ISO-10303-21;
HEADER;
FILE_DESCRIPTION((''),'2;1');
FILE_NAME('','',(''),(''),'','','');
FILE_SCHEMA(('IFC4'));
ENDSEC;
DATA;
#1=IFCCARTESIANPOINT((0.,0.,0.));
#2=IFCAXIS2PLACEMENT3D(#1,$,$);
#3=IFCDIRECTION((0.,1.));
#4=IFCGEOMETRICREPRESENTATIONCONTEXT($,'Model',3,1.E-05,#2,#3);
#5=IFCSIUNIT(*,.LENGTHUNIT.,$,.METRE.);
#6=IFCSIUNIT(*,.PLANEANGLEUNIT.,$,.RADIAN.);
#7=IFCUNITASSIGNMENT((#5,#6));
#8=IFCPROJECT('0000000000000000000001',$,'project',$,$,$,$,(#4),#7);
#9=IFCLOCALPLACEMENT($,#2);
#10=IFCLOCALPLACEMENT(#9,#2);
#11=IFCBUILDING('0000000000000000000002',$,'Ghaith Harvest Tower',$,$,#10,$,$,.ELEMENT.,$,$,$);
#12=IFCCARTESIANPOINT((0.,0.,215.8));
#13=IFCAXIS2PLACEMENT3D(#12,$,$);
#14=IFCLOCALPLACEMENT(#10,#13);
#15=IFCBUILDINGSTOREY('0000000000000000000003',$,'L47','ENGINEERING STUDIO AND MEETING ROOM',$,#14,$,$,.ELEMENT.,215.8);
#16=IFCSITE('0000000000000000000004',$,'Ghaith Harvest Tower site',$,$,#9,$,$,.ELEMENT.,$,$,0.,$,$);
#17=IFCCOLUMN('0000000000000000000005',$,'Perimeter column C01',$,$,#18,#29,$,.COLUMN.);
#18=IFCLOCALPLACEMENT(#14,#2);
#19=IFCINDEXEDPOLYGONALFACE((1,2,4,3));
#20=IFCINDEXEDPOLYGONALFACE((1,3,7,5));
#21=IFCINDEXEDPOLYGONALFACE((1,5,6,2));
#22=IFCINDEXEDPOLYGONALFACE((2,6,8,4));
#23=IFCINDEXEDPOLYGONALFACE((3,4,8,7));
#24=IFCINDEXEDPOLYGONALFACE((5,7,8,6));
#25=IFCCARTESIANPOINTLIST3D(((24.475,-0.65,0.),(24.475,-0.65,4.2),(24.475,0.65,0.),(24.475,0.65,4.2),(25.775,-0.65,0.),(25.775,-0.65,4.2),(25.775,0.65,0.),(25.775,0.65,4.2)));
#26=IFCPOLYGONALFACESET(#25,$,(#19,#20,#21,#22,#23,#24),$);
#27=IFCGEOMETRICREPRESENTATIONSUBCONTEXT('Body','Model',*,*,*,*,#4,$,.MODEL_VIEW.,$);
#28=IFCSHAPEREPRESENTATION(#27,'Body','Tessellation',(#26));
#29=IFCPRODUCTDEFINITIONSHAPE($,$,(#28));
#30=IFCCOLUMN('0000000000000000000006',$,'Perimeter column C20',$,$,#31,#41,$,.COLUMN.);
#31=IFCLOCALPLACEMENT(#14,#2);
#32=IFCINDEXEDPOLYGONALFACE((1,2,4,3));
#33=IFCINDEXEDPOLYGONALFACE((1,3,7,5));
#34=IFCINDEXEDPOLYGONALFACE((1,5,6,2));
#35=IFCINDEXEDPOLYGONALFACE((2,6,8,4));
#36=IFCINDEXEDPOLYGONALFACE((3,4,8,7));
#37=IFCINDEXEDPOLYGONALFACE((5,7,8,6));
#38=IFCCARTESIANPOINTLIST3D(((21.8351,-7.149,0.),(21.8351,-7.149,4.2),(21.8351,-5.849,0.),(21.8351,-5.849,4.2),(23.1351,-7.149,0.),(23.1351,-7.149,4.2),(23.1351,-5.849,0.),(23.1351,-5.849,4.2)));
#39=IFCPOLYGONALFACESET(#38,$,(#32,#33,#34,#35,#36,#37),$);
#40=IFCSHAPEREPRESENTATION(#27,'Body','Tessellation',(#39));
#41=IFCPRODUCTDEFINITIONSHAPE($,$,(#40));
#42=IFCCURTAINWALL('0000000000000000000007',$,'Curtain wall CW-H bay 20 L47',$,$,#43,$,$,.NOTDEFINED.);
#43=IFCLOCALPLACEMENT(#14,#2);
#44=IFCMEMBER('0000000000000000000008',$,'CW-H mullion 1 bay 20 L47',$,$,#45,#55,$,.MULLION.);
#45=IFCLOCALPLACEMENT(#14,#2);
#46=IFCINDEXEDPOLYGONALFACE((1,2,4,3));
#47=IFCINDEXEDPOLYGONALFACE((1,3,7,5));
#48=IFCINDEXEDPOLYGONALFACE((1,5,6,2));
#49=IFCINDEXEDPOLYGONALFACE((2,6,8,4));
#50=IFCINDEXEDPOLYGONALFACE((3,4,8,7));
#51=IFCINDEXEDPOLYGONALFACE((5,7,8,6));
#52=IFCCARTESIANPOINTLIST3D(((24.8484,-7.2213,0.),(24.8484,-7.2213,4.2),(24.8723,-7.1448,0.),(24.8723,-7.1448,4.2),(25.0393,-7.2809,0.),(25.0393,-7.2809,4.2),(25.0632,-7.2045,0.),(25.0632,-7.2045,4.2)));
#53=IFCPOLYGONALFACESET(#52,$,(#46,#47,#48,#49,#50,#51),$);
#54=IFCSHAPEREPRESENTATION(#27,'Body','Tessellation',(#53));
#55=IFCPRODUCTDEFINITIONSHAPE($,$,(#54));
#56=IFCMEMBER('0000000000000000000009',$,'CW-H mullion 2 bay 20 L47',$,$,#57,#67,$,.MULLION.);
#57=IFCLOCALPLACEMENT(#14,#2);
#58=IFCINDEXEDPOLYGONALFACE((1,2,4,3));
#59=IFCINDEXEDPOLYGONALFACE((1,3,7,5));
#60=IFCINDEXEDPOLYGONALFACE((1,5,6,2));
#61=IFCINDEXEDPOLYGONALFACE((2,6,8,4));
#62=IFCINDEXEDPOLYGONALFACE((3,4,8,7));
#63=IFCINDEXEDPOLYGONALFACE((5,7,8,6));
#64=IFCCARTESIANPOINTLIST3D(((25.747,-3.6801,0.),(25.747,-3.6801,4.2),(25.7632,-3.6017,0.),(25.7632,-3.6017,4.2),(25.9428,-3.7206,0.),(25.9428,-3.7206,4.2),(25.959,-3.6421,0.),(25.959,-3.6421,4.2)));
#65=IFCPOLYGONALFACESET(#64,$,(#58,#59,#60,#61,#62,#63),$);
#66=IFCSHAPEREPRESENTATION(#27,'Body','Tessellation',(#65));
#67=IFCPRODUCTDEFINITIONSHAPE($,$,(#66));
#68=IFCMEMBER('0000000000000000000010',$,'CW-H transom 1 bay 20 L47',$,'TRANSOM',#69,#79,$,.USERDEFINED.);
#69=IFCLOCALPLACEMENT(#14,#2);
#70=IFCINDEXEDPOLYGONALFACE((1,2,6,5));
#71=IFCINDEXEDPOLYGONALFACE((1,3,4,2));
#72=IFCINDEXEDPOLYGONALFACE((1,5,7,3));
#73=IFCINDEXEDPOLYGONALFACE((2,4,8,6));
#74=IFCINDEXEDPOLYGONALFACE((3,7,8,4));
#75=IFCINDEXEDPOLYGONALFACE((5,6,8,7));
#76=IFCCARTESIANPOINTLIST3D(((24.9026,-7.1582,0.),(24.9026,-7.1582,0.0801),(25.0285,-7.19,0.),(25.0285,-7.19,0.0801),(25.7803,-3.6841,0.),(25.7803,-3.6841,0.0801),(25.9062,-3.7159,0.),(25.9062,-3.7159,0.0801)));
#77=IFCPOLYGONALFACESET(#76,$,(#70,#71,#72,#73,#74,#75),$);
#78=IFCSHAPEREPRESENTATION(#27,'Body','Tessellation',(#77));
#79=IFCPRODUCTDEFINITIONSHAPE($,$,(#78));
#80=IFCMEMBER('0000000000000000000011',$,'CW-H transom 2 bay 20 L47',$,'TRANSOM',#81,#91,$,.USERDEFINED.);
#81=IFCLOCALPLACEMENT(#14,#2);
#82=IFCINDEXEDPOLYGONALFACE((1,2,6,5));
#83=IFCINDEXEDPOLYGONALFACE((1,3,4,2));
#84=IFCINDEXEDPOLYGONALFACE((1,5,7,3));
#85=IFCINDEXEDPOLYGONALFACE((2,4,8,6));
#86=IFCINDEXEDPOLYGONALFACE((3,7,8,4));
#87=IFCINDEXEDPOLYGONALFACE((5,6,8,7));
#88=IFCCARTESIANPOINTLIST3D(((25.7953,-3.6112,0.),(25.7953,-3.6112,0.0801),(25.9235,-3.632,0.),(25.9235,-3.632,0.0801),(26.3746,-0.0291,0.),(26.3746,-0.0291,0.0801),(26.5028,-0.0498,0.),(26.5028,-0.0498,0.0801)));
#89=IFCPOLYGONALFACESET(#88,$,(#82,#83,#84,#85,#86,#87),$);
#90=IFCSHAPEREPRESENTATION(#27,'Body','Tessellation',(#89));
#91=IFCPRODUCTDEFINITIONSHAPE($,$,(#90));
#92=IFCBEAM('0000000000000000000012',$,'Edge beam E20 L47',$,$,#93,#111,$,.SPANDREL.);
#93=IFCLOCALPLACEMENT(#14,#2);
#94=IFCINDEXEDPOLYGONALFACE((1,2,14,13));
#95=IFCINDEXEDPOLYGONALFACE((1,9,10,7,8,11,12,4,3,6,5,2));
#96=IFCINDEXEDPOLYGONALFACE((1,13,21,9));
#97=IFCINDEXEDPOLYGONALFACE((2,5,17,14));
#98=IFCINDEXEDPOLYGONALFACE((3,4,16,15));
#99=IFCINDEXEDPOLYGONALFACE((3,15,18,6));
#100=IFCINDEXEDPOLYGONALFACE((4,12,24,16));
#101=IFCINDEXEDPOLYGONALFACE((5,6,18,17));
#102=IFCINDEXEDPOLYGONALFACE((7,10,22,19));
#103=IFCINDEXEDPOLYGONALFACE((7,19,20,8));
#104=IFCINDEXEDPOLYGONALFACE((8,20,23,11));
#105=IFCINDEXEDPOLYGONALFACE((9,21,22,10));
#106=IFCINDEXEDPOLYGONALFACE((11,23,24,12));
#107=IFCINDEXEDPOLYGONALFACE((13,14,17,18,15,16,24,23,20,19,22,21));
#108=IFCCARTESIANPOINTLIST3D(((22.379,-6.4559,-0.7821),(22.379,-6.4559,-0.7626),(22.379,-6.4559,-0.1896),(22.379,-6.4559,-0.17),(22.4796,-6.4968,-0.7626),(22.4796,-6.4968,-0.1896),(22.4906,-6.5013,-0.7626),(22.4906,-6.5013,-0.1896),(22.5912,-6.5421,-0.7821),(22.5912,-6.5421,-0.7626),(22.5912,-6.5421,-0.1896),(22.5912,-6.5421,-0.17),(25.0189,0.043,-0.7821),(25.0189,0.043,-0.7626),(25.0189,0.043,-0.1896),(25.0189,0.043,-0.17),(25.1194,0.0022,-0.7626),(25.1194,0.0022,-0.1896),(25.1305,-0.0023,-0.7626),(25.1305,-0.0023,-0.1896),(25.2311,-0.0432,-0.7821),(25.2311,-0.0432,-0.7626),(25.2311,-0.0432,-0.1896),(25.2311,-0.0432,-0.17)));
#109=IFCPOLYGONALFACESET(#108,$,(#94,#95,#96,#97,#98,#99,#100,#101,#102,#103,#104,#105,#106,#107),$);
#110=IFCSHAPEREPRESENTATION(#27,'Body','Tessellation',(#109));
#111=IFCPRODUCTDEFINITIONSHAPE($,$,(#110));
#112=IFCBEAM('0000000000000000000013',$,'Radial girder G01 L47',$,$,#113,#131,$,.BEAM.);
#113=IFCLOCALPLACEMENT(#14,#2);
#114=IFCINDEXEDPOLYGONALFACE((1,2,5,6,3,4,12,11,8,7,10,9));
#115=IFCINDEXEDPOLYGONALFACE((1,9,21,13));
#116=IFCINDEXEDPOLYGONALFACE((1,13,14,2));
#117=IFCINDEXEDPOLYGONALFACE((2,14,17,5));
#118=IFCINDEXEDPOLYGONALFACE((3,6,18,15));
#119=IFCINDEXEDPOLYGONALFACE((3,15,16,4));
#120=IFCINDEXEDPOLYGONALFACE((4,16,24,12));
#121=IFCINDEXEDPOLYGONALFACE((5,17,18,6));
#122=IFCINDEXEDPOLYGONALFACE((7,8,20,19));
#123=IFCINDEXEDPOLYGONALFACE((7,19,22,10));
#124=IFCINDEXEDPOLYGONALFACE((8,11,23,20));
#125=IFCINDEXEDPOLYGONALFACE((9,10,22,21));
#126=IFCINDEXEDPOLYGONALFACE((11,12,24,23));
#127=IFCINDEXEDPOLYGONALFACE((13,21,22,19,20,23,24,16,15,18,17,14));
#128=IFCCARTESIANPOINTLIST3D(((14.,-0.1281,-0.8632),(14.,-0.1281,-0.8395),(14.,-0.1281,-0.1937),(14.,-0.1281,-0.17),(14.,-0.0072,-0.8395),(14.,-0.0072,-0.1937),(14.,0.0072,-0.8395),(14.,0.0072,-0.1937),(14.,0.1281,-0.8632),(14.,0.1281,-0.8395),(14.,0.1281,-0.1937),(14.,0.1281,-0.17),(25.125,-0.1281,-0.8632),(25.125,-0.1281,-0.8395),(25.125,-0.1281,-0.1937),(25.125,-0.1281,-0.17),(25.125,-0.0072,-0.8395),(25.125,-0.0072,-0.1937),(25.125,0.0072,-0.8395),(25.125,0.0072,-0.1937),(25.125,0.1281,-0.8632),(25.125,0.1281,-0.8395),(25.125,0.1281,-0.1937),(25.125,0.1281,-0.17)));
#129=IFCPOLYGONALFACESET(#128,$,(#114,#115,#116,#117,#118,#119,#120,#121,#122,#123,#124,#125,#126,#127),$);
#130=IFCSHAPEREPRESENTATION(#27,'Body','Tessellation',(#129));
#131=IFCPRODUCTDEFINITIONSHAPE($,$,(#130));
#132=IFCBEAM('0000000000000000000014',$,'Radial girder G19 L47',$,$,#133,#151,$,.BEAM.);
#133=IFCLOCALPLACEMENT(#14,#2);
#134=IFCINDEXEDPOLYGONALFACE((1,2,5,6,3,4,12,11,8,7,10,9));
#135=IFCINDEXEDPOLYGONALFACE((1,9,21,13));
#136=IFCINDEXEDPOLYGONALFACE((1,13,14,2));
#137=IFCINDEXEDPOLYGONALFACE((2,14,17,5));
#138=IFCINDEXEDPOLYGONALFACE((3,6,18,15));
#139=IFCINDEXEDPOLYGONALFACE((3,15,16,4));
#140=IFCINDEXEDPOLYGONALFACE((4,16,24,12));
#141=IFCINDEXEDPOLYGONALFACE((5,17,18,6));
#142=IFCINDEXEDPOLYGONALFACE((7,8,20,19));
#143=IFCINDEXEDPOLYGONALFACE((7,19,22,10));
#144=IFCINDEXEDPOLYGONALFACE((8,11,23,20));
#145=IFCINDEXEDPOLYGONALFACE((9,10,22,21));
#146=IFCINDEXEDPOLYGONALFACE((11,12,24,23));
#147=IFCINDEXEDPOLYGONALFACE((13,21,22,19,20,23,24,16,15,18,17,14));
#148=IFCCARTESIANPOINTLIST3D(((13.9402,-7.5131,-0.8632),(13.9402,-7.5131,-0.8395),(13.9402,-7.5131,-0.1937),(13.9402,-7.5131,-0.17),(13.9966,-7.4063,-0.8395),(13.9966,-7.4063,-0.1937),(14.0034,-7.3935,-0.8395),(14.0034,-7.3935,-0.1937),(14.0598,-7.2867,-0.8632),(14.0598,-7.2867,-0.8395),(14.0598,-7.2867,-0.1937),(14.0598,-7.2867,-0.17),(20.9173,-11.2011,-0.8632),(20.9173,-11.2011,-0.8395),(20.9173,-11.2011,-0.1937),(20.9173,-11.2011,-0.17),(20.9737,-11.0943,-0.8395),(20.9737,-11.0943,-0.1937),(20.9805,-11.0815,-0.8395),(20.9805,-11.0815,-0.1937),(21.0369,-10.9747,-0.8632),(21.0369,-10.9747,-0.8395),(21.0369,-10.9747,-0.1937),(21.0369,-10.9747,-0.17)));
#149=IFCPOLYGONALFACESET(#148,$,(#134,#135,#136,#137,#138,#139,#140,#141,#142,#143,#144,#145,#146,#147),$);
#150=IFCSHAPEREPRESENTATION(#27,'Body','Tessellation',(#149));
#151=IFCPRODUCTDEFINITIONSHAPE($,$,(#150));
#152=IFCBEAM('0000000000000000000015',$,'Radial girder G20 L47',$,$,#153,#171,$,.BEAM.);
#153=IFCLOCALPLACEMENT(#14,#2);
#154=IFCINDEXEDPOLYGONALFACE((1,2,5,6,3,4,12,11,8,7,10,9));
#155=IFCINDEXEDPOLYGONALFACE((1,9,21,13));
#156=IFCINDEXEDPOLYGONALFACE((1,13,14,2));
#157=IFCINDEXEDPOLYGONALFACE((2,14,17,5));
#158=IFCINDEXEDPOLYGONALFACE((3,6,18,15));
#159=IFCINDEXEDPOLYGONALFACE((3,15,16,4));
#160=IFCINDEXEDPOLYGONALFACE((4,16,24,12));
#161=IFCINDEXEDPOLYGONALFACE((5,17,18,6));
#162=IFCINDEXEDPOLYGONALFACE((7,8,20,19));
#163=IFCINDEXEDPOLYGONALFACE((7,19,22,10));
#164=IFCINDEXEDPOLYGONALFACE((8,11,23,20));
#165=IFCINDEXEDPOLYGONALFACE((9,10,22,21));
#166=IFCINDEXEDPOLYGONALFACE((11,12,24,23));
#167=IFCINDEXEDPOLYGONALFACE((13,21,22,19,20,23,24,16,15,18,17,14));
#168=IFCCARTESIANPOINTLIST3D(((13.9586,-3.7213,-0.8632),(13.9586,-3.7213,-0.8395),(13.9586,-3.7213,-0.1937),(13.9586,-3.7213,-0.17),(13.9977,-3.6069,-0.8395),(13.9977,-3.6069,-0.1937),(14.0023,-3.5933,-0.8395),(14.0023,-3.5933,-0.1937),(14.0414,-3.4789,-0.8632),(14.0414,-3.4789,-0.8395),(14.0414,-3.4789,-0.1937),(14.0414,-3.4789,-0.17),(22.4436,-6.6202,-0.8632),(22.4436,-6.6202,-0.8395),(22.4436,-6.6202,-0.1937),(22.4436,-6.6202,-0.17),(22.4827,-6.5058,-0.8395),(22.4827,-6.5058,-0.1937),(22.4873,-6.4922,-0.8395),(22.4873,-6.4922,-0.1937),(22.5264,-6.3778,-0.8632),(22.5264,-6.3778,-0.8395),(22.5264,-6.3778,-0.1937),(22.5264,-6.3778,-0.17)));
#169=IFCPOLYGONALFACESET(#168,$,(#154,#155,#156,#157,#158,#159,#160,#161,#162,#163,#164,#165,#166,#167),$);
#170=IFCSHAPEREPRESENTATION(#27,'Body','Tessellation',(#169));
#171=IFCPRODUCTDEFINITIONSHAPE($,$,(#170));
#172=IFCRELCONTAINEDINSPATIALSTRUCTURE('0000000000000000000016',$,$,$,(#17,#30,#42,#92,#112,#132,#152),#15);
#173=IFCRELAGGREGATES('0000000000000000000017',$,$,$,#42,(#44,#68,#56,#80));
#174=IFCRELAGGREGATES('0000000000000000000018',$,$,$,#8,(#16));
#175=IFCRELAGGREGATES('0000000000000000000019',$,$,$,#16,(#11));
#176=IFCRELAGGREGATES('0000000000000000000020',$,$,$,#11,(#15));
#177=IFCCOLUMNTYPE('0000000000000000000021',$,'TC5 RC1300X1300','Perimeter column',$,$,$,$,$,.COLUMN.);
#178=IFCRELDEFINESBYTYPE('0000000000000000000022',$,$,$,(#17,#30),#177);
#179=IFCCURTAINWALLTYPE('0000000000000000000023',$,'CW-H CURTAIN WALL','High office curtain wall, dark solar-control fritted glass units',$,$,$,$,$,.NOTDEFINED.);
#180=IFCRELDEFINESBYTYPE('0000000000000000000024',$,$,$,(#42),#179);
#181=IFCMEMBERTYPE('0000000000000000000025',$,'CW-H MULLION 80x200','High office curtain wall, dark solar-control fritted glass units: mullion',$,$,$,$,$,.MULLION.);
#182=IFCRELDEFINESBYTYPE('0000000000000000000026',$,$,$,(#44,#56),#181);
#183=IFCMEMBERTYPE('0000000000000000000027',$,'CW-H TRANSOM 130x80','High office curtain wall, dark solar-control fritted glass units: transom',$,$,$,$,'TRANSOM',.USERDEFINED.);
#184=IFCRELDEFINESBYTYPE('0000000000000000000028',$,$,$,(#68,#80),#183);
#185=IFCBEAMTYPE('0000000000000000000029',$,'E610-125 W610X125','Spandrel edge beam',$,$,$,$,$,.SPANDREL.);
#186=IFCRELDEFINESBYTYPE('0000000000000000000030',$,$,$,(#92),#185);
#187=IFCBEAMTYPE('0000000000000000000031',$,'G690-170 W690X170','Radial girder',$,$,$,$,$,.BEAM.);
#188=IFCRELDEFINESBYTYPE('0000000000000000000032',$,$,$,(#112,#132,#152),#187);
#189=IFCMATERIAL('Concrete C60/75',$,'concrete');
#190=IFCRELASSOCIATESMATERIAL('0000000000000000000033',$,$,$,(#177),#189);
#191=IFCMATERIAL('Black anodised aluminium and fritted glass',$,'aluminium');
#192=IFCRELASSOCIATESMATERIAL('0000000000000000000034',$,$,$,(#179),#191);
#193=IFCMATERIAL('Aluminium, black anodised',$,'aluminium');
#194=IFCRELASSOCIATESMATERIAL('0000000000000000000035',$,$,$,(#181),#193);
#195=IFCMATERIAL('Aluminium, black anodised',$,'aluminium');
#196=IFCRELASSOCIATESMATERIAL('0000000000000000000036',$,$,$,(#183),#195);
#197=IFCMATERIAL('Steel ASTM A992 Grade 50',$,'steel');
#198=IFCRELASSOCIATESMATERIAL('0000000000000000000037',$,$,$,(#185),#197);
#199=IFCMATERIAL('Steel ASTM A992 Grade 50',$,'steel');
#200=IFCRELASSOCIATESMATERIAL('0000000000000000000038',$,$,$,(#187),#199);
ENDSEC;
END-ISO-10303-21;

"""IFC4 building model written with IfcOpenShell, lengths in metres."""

from ifc_helpers import new_model, si_unit, direction, frame, origin, origin_2d, place, context, subcontext, project, spatial, rectangle, i_section, extrude, material, material_profile, profile_set, type_object, element, aggregate, save


model = new_model("IFC4")

# Units and contexts
model_context = context("Model", 3, precision=1e-05, world=origin(), true_north=direction((0.0, 1.0)))
body_context = subcontext(model_context, "Body", "Model", "MODEL_VIEW")
ifc_project = project(units=[si_unit("LENGTHUNIT", "METRE"), si_unit("PLANEANGLEUNIT", "RADIAN")], contexts=[model_context])

# Site, building, storey
site_placement = place(None, origin())
site = spatial("IfcSite", under=ifc_project, at=site_placement, Name="Ghaith Harvest Tower site", CompositionType="ELEMENT", RefElevation=0.0)
building_placement = place(site_placement, origin())
building = spatial("IfcBuilding", under=site, at=building_placement, Name="Ghaith Harvest Tower", CompositionType="ELEMENT")
storey_placement = place(building_placement, frame((0.0, 0.0, 215.8)))
storey = spatial("IfcBuildingStorey", under=building, at=storey_placement, Name="L47", Description="ENGINEERING STUDIO AND MEETING ROOM", CompositionType="ELEMENT", Elevation=215.8)

# Columns
ifc_material_1 = material(Name="Concrete C60/75", Category="concrete")
ifc_material_profile_1 = material_profile(ifc_material_1, rectangle(XDim=1.3, YDim=1.3, at=origin_2d()), Name="RC1300X1300")
ifc_profile_set_1 = profile_set([ifc_material_profile_1], Name="Concrete C60/75")
column_type = type_object("IfcColumnType", Name="TC5 RC1300X1300", Description="Perimeter column", PredefinedType="COLUMN", material=ifc_profile_set_1)
for number, where, z_axis, x_axis, name in (
    (1, (25.125, 0.0, 0.0), (0.0, 0.0, 1.0), (1.0, 0.0, 0.0), "Perimeter column C01"),
    (2, (22.4851, -6.499, 0.0), (0.0, 0.0, 1.0), (1.0, 0.0, 0.0), "Perimeter column C20"),
):
    element("IfcColumn", number, at=place(storey_placement, frame(where, z_axis=z_axis, x_axis=x_axis)), inside=storey, type_object=column_type, Name=name, PredefinedType="COLUMN", context=body_context, shape_type="SweptSolid", body=[
        extrude(rectangle(XDim=1.3, YDim=1.3, at=origin_2d()), origin(), (0.0, 0.0, 1.0), 4.2),
    ])

# Curtain wall, members
ifc_material_2 = material(Name="Black anodised aluminium and fritted glass", Category="aluminium")
curtain_wall_type = type_object("IfcCurtainWallType", Name="CW-H CURTAIN WALL", Description="High office curtain wall, dark solar-control fritted glass units", PredefinedType="NOTDEFINED", material=ifc_material_2)
curtain_wall_1_placement = place(storey_placement, origin())
curtain_wall_1 = element("IfcCurtainWall", 3, at=curtain_wall_1_placement, inside=storey, type_object=curtain_wall_type, Name="Curtain wall CW-H bay 20 L47", PredefinedType="NOTDEFINED")
ifc_material_3 = material(Name="Aluminium, black anodised", Category="aluminium")
ifc_material_profile_2 = material_profile(ifc_material_3, rectangle(XDim=0.0801, YDim=0.2, at=origin_2d()), Name="CW-H MULLION 80x200")
ifc_profile_set_2 = profile_set([ifc_material_profile_2], Name="Aluminium, black anodised")
member_type_1 = type_object("IfcMemberType", Name="CW-H MULLION 80x200", Description="High office curtain wall, dark solar-control fritted glass units: mullion", PredefinedType="MULLION", material=ifc_profile_set_2)
member_1_placement = place(storey_placement, frame((24.9558, -7.2129, 0.0), z_axis=(0.0, 0.0, 1.0), x_axis=(0.298442, 0.954428, 0.0)))
member_1 = element("IfcMember", 4, at=member_1_placement, type_object=member_type_1, Name="CW-H mullion 1 bay 20 L47", PredefinedType="MULLION", context=body_context, shape_type="SweptSolid", body=[
    extrude(rectangle(XDim=0.0801, YDim=0.2, at=origin_2d()), origin(), (0.0, 0.0, 1.0), 4.2),
])
member_2_placement = place(storey_placement, frame((25.853, -3.6611, 0.0), z_axis=(0.0, 0.0, 1.0), x_axis=(0.202192, 0.979346, 0.0)))
member_2 = element("IfcMember", 5, at=member_2_placement, type_object=member_type_1, Name="CW-H mullion 2 bay 20 L47", PredefinedType="MULLION", context=body_context, shape_type="SweptSolid", body=[
    extrude(rectangle(XDim=0.0801, YDim=0.2, at=origin_2d()), origin(), (0.0, 0.0, 1.0), 4.2),
])
ifc_material_4 = material(Name="Aluminium, black anodised", Category="aluminium")
ifc_material_profile_3 = material_profile(ifc_material_4, rectangle(XDim=0.1299, YDim=0.0801, at=origin_2d()), Name="CW-H TRANSOM 130x80")
ifc_profile_set_3 = profile_set([ifc_material_profile_3], Name="Aluminium, black anodised")
member_type_2 = type_object("IfcMemberType", Name="CW-H TRANSOM 130x80", Description="High office curtain wall, dark solar-control fritted glass units: transom", ElementType="TRANSOM", PredefinedType="USERDEFINED", material=ifc_profile_set_3)
member_3_placement = place(storey_placement, frame((24.9656, -7.1741, 0.04), z_axis=(0.24494, 0.969538, 0.0), x_axis=(-0.969538, 0.24494, 0.0)))
member_3 = element("IfcMember", 6, at=member_3_placement, type_object=member_type_2, Name="CW-H transom 1 bay 20 L47", ObjectType="TRANSOM", PredefinedType="USERDEFINED", context=body_context, shape_type="SweptSolid", body=[
    extrude(rectangle(XDim=0.1299, YDim=0.0801, at=origin_2d()), origin(), (0.0, 0.0, 1.0), 3.5833),
])
member_4_placement = place(storey_placement, frame((25.8594, -3.6216, 0.04), z_axis=(0.159662, 0.987172, 0.0), x_axis=(-0.987172, 0.159662, 0.0)))
member_4 = element("IfcMember", 7, at=member_4_placement, type_object=member_type_2, Name="CW-H transom 2 bay 20 L47", ObjectType="TRANSOM", PredefinedType="USERDEFINED", context=body_context, shape_type="SweptSolid", body=[
    extrude(rectangle(XDim=0.1299, YDim=0.0801, at=origin_2d()), origin(), (0.0, 0.0, 1.0), 3.6287),
])

# Beams
ifc_material_5 = material(Name="Steel ASTM A992 Grade 50", Category="steel")
ifc_material_profile_4 = material_profile(ifc_material_5, i_section(OverallWidth=0.229, OverallDepth=0.6121, WebThickness=0.012, FlangeThickness=0.0195, at=origin_2d()), Name="W610X125")
ifc_profile_set_4 = profile_set([ifc_material_profile_4], Name="Steel ASTM A992 Grade 50")
beam_type_1 = type_object("IfcBeamType", Name="E610-125 W610X125", Description="Spandrel edge beam", PredefinedType="SPANDREL", material=ifc_profile_set_4)
beam_1_placement = place(storey_placement, frame((22.4851, -6.499, -0.4761), z_axis=(0.376336, 0.926483, 0.0), x_axis=(-0.926483, 0.376336, 0.0)))
element("IfcBeam", 8, at=beam_1_placement, inside=storey, type_object=beam_type_1, Name="Edge beam E20 L47", PredefinedType="SPANDREL", context=body_context, shape_type="SweptSolid", body=[
    extrude(i_section(OverallWidth=0.229, OverallDepth=0.6121, WebThickness=0.012, FlangeThickness=0.0195, at=origin_2d()), origin(), (0.0, 0.0, 1.0), 7.0146),
])
ifc_material_6 = material(Name="Steel ASTM A992 Grade 50", Category="steel")
ifc_material_profile_5 = material_profile(ifc_material_6, i_section(OverallWidth=0.2561, OverallDepth=0.6931, WebThickness=0.0144, FlangeThickness=0.0237, at=origin_2d()), Name="W690X170")
ifc_profile_set_5 = profile_set([ifc_material_profile_5], Name="Steel ASTM A992 Grade 50")
beam_type_2 = type_object("IfcBeamType", Name="G690-170 W690X170", Description="Radial girder", PredefinedType="BEAM", material=ifc_profile_set_5)
beam_2_placement = place(storey_placement, frame((14.0, 0.0, -0.5166), z_axis=(1.0, 0.0, 0.0), x_axis=(0.0, 1.0, 0.0)))
element("IfcBeam", 9, at=beam_2_placement, inside=storey, type_object=beam_type_2, Name="Radial girder G01 L47", PredefinedType="BEAM", context=body_context, shape_type="SweptSolid", body=[
    extrude(i_section(OverallWidth=0.2561, OverallDepth=0.6931, WebThickness=0.0144, FlangeThickness=0.0237, at=origin_2d()), origin(), (0.0, 0.0, 1.0), 11.125),
])
beam_3_placement = place(storey_placement, frame((14.0, -7.3999, -0.5166), z_axis=(0.884089, -0.467319, 0.0), x_axis=(0.467319, 0.884089, 0.0)))
element("IfcBeam", 10, at=beam_3_placement, inside=storey, type_object=beam_type_2, Name="Radial girder G19 L47", PredefinedType="BEAM", context=body_context, shape_type="SweptSolid", body=[
    extrude(i_section(OverallWidth=0.2561, OverallDepth=0.6931, WebThickness=0.0144, FlangeThickness=0.0237, at=origin_2d()), origin(), (0.0, 0.0, 1.0), 7.8918),
])
beam_4_placement = place(storey_placement, frame((14.0, -3.6001, -0.5166), z_axis=(0.946296, -0.323301, 0.0), x_axis=(0.323301, 0.946296, 0.0)))
element("IfcBeam", 11, at=beam_4_placement, inside=storey, type_object=beam_type_2, Name="Radial girder G20 L47", PredefinedType="BEAM", context=body_context, shape_type="SweptSolid", body=[
    extrude(i_section(OverallWidth=0.2561, OverallDepth=0.6931, WebThickness=0.0144, FlangeThickness=0.0237, at=origin_2d()), origin(), (0.0, 0.0, 1.0), 8.9666),
])

aggregate(curtain_wall_1, [member_1, member_3, member_2, member_4])

save(model, "model.ifc")
